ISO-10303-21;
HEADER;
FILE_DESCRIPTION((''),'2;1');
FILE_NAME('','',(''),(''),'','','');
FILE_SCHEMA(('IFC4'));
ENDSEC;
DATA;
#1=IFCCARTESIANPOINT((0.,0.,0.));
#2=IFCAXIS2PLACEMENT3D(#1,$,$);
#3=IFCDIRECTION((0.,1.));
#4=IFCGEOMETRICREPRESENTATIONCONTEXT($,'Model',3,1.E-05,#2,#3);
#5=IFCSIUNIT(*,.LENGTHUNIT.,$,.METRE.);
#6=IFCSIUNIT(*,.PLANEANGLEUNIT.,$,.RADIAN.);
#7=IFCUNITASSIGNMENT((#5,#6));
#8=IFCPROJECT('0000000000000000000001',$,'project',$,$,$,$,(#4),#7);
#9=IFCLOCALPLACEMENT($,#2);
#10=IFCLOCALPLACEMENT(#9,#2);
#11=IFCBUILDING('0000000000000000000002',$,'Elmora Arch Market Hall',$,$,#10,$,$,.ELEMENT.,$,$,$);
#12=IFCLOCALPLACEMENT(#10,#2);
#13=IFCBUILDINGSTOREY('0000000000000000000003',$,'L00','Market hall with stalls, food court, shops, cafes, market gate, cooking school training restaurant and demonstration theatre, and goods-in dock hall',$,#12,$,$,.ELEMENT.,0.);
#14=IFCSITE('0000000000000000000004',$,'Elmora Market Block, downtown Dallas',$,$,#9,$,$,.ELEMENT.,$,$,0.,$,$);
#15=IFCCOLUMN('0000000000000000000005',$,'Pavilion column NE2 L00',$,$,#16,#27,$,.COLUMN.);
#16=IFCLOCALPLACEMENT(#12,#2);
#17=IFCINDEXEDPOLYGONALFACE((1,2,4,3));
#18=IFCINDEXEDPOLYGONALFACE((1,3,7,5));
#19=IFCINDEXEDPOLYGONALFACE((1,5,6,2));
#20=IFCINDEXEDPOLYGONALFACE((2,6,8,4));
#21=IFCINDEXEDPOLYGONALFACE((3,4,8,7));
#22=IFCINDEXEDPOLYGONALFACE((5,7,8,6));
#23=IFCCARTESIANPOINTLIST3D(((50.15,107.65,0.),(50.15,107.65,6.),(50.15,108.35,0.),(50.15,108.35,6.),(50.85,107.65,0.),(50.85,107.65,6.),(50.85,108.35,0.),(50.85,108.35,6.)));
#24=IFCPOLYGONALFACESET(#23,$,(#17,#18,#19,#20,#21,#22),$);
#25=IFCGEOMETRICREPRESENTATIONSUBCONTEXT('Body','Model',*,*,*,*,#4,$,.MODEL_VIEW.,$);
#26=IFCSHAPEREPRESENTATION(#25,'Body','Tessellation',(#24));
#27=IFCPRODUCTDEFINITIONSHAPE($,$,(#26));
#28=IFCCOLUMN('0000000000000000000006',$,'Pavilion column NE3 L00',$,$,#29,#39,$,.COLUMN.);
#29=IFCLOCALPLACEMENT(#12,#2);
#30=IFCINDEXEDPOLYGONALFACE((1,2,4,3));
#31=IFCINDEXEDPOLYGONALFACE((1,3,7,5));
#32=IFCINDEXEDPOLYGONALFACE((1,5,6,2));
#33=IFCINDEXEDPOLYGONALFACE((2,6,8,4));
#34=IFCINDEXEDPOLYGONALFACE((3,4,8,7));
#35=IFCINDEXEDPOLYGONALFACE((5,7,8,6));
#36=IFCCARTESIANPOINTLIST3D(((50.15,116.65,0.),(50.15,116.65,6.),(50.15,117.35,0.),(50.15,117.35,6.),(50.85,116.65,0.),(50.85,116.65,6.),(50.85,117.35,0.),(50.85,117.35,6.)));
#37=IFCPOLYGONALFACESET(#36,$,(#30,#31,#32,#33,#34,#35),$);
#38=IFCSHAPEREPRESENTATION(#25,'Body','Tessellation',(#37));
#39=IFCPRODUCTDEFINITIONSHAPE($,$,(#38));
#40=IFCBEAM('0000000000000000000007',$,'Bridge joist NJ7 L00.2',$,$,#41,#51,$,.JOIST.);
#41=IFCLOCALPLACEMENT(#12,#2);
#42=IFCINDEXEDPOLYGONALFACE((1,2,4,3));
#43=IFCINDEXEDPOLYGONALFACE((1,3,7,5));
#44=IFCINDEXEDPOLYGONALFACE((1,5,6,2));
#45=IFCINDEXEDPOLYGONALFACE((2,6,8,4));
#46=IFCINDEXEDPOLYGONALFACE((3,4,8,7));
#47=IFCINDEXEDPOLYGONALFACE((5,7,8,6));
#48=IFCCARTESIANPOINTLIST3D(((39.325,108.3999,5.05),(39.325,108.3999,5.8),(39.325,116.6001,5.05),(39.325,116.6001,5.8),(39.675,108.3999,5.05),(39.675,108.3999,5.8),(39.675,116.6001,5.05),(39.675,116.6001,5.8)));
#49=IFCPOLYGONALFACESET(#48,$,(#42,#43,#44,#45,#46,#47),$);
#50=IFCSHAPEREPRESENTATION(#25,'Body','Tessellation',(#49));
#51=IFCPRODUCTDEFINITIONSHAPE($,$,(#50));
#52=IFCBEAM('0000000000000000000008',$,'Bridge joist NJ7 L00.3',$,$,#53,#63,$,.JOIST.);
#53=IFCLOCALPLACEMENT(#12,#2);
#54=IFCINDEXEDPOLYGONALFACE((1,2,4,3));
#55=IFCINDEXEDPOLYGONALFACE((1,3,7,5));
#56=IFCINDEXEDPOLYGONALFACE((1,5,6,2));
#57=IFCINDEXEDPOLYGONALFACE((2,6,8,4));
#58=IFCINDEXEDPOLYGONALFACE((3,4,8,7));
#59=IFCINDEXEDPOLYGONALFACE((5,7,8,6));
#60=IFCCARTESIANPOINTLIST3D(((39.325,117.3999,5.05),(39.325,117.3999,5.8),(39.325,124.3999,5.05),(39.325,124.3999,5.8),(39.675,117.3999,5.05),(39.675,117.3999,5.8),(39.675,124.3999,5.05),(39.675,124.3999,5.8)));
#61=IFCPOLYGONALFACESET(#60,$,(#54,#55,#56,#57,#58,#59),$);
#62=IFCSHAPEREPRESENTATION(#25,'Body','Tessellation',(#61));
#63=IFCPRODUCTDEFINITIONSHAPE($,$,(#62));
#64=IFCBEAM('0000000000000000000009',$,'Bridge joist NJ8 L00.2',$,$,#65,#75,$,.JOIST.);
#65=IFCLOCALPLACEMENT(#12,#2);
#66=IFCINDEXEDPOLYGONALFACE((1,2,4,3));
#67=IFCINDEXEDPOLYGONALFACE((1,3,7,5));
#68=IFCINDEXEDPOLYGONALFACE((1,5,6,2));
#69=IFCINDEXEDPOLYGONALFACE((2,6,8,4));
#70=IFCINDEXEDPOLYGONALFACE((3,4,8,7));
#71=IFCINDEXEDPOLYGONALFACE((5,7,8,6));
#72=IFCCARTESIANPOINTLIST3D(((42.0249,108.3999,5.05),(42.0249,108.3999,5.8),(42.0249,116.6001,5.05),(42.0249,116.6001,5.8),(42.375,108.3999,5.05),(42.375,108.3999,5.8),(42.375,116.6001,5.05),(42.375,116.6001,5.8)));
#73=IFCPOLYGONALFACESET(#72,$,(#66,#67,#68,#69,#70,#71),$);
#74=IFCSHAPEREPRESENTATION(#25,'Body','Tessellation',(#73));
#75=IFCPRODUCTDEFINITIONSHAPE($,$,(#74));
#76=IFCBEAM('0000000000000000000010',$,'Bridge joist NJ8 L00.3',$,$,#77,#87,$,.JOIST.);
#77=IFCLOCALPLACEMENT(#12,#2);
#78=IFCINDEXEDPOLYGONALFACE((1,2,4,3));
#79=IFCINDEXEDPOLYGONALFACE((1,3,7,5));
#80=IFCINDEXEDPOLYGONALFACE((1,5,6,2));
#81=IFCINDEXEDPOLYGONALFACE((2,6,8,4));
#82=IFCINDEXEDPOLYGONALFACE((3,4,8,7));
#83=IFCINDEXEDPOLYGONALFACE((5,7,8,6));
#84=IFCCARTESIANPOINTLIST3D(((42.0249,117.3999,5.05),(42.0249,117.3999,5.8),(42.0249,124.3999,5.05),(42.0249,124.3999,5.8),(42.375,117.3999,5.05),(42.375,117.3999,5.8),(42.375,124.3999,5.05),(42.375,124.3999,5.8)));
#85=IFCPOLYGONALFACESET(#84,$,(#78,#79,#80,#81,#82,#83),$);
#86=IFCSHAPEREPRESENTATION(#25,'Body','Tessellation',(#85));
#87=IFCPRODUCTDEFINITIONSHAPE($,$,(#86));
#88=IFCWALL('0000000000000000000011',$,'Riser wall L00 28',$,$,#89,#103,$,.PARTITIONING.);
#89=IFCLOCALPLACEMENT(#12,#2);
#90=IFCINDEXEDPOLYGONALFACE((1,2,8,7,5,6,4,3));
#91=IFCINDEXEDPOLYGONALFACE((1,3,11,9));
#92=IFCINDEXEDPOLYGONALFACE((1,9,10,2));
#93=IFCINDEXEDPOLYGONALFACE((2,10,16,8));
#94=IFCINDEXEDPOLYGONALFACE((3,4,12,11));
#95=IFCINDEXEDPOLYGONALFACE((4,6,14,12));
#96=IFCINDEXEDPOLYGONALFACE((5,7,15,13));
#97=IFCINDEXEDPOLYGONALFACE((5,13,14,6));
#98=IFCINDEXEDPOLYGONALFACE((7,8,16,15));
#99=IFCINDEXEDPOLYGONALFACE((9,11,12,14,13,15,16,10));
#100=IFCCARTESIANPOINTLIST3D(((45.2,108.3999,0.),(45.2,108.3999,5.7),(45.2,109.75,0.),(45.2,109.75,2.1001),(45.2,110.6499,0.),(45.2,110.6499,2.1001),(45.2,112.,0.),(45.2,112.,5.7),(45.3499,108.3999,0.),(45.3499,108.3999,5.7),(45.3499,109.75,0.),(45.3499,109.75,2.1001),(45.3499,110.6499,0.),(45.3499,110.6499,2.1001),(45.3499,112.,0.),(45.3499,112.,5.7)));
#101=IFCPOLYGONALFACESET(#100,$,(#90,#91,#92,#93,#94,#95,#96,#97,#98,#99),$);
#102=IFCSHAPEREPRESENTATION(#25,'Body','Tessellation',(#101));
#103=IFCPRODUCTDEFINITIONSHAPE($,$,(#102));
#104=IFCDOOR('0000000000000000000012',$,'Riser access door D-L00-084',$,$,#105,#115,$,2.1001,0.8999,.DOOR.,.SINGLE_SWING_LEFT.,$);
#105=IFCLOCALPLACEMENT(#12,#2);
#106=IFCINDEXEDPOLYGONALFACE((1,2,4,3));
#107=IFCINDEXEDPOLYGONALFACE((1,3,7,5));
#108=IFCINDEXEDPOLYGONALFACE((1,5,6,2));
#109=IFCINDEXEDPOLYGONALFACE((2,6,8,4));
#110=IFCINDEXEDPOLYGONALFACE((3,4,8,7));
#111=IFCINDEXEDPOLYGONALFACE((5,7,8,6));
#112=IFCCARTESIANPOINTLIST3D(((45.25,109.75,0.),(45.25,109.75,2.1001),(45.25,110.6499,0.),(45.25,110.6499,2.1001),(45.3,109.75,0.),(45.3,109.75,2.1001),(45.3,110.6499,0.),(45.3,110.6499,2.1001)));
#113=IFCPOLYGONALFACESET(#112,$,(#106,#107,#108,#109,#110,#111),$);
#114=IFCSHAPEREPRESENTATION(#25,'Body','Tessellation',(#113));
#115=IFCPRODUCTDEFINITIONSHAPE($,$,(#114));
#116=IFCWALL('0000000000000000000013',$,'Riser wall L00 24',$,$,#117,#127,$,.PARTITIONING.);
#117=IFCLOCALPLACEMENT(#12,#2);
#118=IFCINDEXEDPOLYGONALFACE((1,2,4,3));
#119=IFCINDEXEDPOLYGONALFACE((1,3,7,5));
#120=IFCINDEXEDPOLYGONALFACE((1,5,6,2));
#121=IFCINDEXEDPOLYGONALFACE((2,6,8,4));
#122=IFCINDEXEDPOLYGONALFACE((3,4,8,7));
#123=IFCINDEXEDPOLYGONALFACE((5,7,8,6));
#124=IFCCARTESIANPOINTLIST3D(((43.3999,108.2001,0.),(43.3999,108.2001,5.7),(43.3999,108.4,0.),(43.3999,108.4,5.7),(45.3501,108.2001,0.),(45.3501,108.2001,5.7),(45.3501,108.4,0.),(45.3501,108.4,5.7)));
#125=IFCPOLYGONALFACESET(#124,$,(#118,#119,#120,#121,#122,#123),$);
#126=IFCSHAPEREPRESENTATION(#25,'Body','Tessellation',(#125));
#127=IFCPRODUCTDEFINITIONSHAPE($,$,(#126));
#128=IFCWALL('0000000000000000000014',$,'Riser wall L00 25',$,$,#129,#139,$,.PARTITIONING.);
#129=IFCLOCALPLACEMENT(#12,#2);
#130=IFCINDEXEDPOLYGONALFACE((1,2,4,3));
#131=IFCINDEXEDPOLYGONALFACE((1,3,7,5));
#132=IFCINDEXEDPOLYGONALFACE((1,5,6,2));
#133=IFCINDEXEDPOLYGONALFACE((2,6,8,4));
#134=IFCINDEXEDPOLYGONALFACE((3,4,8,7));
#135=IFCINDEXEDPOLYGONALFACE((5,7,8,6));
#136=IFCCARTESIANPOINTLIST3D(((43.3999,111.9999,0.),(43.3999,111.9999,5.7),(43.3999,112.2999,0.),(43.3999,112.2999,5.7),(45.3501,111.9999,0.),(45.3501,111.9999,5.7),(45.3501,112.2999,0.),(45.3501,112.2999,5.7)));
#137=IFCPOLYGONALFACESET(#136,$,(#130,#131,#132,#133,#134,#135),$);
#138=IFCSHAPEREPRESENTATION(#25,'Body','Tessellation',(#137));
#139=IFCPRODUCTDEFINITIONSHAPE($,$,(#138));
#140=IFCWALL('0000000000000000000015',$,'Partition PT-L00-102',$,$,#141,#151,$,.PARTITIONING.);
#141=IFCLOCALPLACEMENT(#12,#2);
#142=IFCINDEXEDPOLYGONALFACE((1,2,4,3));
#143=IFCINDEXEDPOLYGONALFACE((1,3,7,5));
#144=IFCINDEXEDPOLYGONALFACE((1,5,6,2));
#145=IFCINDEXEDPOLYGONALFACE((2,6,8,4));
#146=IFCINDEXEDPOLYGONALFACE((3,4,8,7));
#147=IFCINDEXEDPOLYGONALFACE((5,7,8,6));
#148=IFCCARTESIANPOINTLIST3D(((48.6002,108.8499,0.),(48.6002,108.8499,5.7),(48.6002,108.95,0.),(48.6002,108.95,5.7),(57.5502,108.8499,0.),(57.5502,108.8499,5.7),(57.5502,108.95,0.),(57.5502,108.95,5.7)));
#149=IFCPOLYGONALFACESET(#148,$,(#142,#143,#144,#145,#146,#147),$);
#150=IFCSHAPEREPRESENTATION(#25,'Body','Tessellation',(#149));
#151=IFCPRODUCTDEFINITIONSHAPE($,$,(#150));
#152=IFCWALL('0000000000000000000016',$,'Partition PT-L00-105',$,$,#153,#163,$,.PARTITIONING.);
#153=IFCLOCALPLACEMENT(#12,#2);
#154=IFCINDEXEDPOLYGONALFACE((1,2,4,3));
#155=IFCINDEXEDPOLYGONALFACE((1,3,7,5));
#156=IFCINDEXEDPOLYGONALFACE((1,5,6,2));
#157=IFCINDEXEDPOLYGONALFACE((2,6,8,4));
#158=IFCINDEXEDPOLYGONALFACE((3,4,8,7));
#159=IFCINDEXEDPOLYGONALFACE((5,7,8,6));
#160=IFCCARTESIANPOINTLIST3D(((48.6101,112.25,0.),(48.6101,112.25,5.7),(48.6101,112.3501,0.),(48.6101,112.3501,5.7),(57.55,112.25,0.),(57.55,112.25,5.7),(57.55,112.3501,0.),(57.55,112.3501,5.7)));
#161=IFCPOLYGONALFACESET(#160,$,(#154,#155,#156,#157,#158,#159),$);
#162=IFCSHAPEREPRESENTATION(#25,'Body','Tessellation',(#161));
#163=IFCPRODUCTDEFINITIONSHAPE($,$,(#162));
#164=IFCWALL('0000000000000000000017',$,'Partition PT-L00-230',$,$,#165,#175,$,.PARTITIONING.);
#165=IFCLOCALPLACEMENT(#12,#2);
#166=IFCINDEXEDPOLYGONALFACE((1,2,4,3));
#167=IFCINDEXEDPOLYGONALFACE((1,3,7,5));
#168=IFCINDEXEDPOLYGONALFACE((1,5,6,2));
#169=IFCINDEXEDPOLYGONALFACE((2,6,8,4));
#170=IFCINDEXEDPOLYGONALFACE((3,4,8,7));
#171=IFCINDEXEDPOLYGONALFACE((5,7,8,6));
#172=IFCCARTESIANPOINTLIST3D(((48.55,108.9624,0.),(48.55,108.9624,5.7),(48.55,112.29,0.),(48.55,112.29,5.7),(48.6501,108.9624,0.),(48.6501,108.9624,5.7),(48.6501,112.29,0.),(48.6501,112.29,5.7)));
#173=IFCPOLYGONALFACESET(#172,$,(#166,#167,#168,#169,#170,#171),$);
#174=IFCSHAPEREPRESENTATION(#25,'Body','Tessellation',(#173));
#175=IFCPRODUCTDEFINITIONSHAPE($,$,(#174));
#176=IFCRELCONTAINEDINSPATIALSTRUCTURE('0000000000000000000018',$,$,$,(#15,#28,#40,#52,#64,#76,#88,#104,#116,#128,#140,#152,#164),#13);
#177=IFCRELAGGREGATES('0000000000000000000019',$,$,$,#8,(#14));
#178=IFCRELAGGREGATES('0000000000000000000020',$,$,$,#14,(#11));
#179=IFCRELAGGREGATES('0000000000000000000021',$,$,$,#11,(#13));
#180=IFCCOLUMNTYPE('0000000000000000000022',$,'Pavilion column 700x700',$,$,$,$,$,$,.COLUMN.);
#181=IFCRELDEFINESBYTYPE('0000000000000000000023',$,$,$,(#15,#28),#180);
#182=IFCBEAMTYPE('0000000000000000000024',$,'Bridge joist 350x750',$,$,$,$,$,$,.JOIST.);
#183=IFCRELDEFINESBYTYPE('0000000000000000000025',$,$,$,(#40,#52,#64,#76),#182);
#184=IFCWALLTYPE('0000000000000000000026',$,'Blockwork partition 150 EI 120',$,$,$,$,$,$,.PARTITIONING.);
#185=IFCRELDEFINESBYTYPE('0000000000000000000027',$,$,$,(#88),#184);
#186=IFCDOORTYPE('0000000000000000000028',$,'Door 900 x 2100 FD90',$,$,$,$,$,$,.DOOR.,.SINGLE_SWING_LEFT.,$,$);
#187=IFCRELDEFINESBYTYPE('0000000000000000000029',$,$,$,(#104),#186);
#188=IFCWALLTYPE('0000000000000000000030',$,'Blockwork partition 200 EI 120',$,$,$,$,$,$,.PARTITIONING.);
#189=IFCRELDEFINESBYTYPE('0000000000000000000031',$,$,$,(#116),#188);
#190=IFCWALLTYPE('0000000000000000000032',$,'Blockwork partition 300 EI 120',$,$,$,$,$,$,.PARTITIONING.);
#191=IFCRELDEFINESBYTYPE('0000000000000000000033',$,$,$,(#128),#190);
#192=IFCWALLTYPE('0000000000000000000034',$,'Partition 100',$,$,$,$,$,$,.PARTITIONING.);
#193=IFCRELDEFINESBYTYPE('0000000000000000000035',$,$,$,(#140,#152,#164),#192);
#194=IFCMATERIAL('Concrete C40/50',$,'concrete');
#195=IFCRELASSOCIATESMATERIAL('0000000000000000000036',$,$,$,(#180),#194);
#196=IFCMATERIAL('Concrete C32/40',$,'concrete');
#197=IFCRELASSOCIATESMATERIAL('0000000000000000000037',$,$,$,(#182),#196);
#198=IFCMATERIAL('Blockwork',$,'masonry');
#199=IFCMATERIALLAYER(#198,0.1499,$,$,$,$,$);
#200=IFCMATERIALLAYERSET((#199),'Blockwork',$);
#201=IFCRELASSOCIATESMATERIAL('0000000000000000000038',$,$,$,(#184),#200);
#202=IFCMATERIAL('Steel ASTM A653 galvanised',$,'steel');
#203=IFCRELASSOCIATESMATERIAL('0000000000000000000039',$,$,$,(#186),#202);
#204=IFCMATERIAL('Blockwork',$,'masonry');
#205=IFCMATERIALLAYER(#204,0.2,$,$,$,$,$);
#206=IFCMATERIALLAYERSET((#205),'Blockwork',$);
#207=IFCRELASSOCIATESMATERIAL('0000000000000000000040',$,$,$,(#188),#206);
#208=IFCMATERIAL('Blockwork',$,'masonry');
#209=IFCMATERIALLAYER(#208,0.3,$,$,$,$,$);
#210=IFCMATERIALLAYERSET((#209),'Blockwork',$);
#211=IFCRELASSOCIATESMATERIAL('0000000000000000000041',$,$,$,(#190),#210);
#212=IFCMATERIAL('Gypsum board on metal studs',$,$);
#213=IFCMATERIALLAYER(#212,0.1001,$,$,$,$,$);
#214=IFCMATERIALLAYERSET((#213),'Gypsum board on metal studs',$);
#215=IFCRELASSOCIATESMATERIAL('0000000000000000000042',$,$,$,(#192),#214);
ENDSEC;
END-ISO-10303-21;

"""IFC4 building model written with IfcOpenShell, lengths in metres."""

from ifc_helpers import new_model, si_unit, direction, frame, frame_2d, origin, origin_2d, place, context, subcontext, project, spatial, rectangle, extrude, material, layer, layer_set, material_profile, profile_set, type_object, element, fill, save


model = new_model("IFC4")

# Units and contexts
model_context = context("Model", 3, precision=1e-05, world=origin(), true_north=direction((0.0, 1.0)))
body_context = subcontext(model_context, "Body", "Model", "MODEL_VIEW")
ifc_project = project(units=[si_unit("LENGTHUNIT", "METRE"), si_unit("PLANEANGLEUNIT", "RADIAN")], contexts=[model_context])

# Site, building, storey
site_placement = place(None, origin())
site = spatial("IfcSite", under=ifc_project, at=site_placement, Name="Elmora Market Block, downtown Dallas", CompositionType="ELEMENT", RefElevation=0.0)
building_placement = place(site_placement, origin())
building = spatial("IfcBuilding", under=site, at=building_placement, Name="Elmora Arch Market Hall", CompositionType="ELEMENT")
storey_placement = place(building_placement, origin())
storey = spatial("IfcBuildingStorey", under=building, at=storey_placement, Name="L00", Description="Market hall with stalls, food court, shops, cafes, market gate, cooking school training restaurant and demonstration theatre, and goods-in dock hall", CompositionType="ELEMENT", Elevation=0.0)

# Columns
ifc_material_1 = material(Name="Concrete C40/50", Category="concrete")
ifc_material_profile_1 = material_profile(ifc_material_1, rectangle(XDim=0.7, YDim=0.7, at=origin_2d()), Name="Pavilion column 700x700")
ifc_profile_set_1 = profile_set([ifc_material_profile_1], Name="Concrete C40/50")
column_type = type_object("IfcColumnType", Name="Pavilion column 700x700", PredefinedType="COLUMN", material=ifc_profile_set_1)
for number, where, z_axis, x_axis, name in (
    (1, (50.5, 108.0, 0.0), (0.0, 0.0, 1.0), (1.0, 0.0, 0.0), "Pavilion column NE2 L00"),
    (2, (50.5, 117.0, 0.0), (0.0, 0.0, 1.0), (1.0, 0.0, 0.0), "Pavilion column NE3 L00"),
):
    element("IfcColumn", number, at=place(storey_placement, frame(where, z_axis=z_axis, x_axis=x_axis)), inside=storey, type_object=column_type, Name=name, PredefinedType="COLUMN", context=body_context, shape_type="SweptSolid", body=[
        extrude(rectangle(XDim=0.7, YDim=0.7, at=origin_2d()), origin(), (0.0, 0.0, 1.0), 6.0),
    ])

# Beams
ifc_material_2 = material(Name="Concrete C32/40", Category="concrete")
ifc_material_profile_2 = material_profile(ifc_material_2, rectangle(XDim=0.3501, YDim=0.75, at=origin_2d()), Name="Bridge joist 350x750")
ifc_profile_set_2 = profile_set([ifc_material_profile_2], Name="Concrete C32/40")
beam_type = type_object("IfcBeamType", Name="Bridge joist 350x750", PredefinedType="JOIST", material=ifc_profile_set_2)
beam_1_placement = place(storey_placement, frame((39.5, 108.3999, 5.425), z_axis=(0.0, 1.0, 0.0), x_axis=(-1.0, 0.0, 0.0)))
element("IfcBeam", 3, at=beam_1_placement, inside=storey, type_object=beam_type, Name="Bridge joist NJ7 L00.2", PredefinedType="JOIST", context=body_context, shape_type="SweptSolid", body=[
    extrude(rectangle(XDim=0.3501, YDim=0.75, at=origin_2d()), origin(), (0.0, 0.0, 1.0), 8.2002),
])
beam_2_placement = place(storey_placement, frame((39.5, 117.3999, 5.425), z_axis=(0.0, 1.0, 0.0), x_axis=(-1.0, 0.0, 0.0)))
element("IfcBeam", 4, at=beam_2_placement, inside=storey, type_object=beam_type, Name="Bridge joist NJ7 L00.3", PredefinedType="JOIST", context=body_context, shape_type="SweptSolid", body=[
    extrude(rectangle(XDim=0.3501, YDim=0.75, at=origin_2d()), origin(), (0.0, 0.0, 1.0), 7.0),
])
beam_3_placement = place(storey_placement, frame((42.2, 108.3999, 5.425), z_axis=(0.0, 1.0, 0.0), x_axis=(-1.0, 0.0, 0.0)))
element("IfcBeam", 5, at=beam_3_placement, inside=storey, type_object=beam_type, Name="Bridge joist NJ8 L00.2", PredefinedType="JOIST", context=body_context, shape_type="SweptSolid", body=[
    extrude(rectangle(XDim=0.3501, YDim=0.75, at=origin_2d()), origin(), (0.0, 0.0, 1.0), 8.2002),
])
beam_4_placement = place(storey_placement, frame((42.2, 117.3999, 5.425), z_axis=(0.0, 1.0, 0.0), x_axis=(-1.0, 0.0, 0.0)))
element("IfcBeam", 6, at=beam_4_placement, inside=storey, type_object=beam_type, Name="Bridge joist NJ8 L00.3", PredefinedType="JOIST", context=body_context, shape_type="SweptSolid", body=[
    extrude(rectangle(XDim=0.3501, YDim=0.75, at=origin_2d()), origin(), (0.0, 0.0, 1.0), 7.0),
])

# Wall, opening, door
ifc_material_3 = material(Name="Blockwork", Category="masonry")
ifc_layer_1 = layer(ifc_material_3, 0.1499)
ifc_layer_set_1 = layer_set([ifc_layer_1], Name="Blockwork")
wall_type_1 = type_object("IfcWallType", Name="Blockwork partition 150 EI 120", PredefinedType="PARTITIONING", material=ifc_layer_set_1)
wall_1_placement = place(storey_placement, frame((45.2749, 108.3999, 0.0), z_axis=(0.0, 0.0, 1.0), x_axis=(0.0, 1.0, 0.0)))
wall_1 = element("IfcWall", 7, at=wall_1_placement, inside=storey, type_object=wall_type_1, Name="Riser wall L00 28", PredefinedType="PARTITIONING", context=body_context, shape_type="SweptSolid", body=[
    extrude(rectangle(XDim=3.6001, YDim=0.1499, at=frame_2d((1.8, 0.0))), origin(), (0.0, 0.0, 1.0), 5.7),
])
opening_1_placement = place(wall_1_placement, frame((1.3501, 0.0, 0.0)))
opening_1 = element("IfcOpeningElement", 8, at=opening_1_placement, cuts=wall_1, PredefinedType="OPENING", context=body_context, shape_type="SweptSolid", body=[
    extrude(rectangle(XDim=0.8999, YDim=2.1001, at=frame_2d((0.45, 1.05))), frame((0.0, 0.085, 0.0), z_axis=(0.0, -1.0, 0.0), x_axis=(1.0, 0.0, 0.0)), (0.0, 0.0, 1.0), 0.1699),
])
ifc_material_4 = material(Name="Steel ASTM A653 galvanised", Category="steel")
door_type_1 = type_object("IfcDoorType", Name="Door 900 x 2100 FD90", OperationType="SINGLE_SWING_LEFT", PredefinedType="DOOR", material=ifc_material_4)
door_1_placement = place(opening_1_placement, origin())
door_1 = element("IfcDoor", 9, at=door_1_placement, inside=storey, type_object=door_type_1, Name="Riser access door D-L00-084", OperationType="SINGLE_SWING_LEFT", OverallHeight=2.1001, OverallWidth=0.8999, PredefinedType="DOOR", context=body_context, shape_type="SweptSolid", body=[
    extrude(rectangle(XDim=0.8999, YDim=2.1001, at=frame_2d((0.45, 1.05))), frame((0.0, 0.0249, 0.0), z_axis=(0.0, -1.0, 0.0), x_axis=(1.0, 0.0, 0.0)), (0.0, 0.0, 1.0), 0.05),
])
fill(opening_1, door_1)

# Walls
ifc_material_5 = material(Name="Blockwork", Category="masonry")
ifc_layer_2 = layer(ifc_material_5, 0.2)
ifc_layer_set_2 = layer_set([ifc_layer_2], Name="Blockwork")
wall_type_2 = type_object("IfcWallType", Name="Blockwork partition 200 EI 120", PredefinedType="PARTITIONING", material=ifc_layer_set_2)
wall_2_placement = place(storey_placement, frame((43.3999, 108.3, 0.0), z_axis=(0.0, 0.0, 1.0), x_axis=(1.0, 0.0, 0.0)))
element("IfcWall", 10, at=wall_2_placement, inside=storey, type_object=wall_type_2, Name="Riser wall L00 24", PredefinedType="PARTITIONING", context=body_context, shape_type="SweptSolid", body=[
    extrude(rectangle(XDim=1.9502, YDim=0.2, at=frame_2d((0.9751, 0.0))), origin(), (0.0, 0.0, 1.0), 5.7),
])
ifc_material_6 = material(Name="Blockwork", Category="masonry")
ifc_layer_3 = layer(ifc_material_6, 0.3)
ifc_layer_set_3 = layer_set([ifc_layer_3], Name="Blockwork")
wall_type_3 = type_object("IfcWallType", Name="Blockwork partition 300 EI 120", PredefinedType="PARTITIONING", material=ifc_layer_set_3)
wall_3_placement = place(storey_placement, frame((43.3999, 112.1499, 0.0), z_axis=(0.0, 0.0, 1.0), x_axis=(1.0, 0.0, 0.0)))
element("IfcWall", 11, at=wall_3_placement, inside=storey, type_object=wall_type_3, Name="Riser wall L00 25", PredefinedType="PARTITIONING", context=body_context, shape_type="SweptSolid", body=[
    extrude(rectangle(XDim=1.9502, YDim=0.3, at=frame_2d((0.9751, 0.0))), origin(), (0.0, 0.0, 1.0), 5.7),
])
ifc_material_7 = material(Name="Gypsum board on metal studs")
ifc_layer_4 = layer(ifc_material_7, 0.1001)
ifc_layer_set_4 = layer_set([ifc_layer_4], Name="Gypsum board on metal studs")
wall_type_4 = type_object("IfcWallType", Name="Partition 100", PredefinedType="PARTITIONING", material=ifc_layer_set_4)
wall_4_placement = place(storey_placement, frame((48.6001, 108.8999, 0.0), z_axis=(0.0, 0.0, 1.0), x_axis=(1.0, 0.0, 0.0)))
element("IfcWall", 12, at=wall_4_placement, inside=storey, type_object=wall_type_4, Name="Partition PT-L00-102", PredefinedType="PARTITIONING", context=body_context, shape_type="SweptSolid", body=[
    extrude(rectangle(XDim=8.95, YDim=0.1001, at=frame_2d((4.4751, 0.0))), origin(), (0.0, 0.0, 1.0), 5.7),
])
wall_5_placement = place(storey_placement, frame((48.6101, 112.3, 0.0), z_axis=(0.0, 0.0, 1.0), x_axis=(1.0, 0.0, 0.0)))
element("IfcWall", 13, at=wall_5_placement, inside=storey, type_object=wall_type_4, Name="Partition PT-L00-105", PredefinedType="PARTITIONING", context=body_context, shape_type="SweptSolid", body=[
    extrude(rectangle(XDim=8.9399, YDim=0.1001, at=frame_2d((4.47, 0.0))), origin(), (0.0, 0.0, 1.0), 5.7),
])
wall_6_placement = place(storey_placement, frame((48.6001, 108.9624, 0.0), z_axis=(0.0, 0.0, 1.0), x_axis=(0.0, 1.0, 0.0)))
element("IfcWall", 14, at=wall_6_placement, inside=storey, type_object=wall_type_4, Name="Partition PT-L00-230", PredefinedType="PARTITIONING", context=body_context, shape_type="SweptSolid", body=[
    extrude(rectangle(XDim=3.3276, YDim=0.1001, at=frame_2d((1.6638, 0.0))), origin(), (0.0, 0.0, 1.0), 5.7),
])

save(model, "model.ifc")
